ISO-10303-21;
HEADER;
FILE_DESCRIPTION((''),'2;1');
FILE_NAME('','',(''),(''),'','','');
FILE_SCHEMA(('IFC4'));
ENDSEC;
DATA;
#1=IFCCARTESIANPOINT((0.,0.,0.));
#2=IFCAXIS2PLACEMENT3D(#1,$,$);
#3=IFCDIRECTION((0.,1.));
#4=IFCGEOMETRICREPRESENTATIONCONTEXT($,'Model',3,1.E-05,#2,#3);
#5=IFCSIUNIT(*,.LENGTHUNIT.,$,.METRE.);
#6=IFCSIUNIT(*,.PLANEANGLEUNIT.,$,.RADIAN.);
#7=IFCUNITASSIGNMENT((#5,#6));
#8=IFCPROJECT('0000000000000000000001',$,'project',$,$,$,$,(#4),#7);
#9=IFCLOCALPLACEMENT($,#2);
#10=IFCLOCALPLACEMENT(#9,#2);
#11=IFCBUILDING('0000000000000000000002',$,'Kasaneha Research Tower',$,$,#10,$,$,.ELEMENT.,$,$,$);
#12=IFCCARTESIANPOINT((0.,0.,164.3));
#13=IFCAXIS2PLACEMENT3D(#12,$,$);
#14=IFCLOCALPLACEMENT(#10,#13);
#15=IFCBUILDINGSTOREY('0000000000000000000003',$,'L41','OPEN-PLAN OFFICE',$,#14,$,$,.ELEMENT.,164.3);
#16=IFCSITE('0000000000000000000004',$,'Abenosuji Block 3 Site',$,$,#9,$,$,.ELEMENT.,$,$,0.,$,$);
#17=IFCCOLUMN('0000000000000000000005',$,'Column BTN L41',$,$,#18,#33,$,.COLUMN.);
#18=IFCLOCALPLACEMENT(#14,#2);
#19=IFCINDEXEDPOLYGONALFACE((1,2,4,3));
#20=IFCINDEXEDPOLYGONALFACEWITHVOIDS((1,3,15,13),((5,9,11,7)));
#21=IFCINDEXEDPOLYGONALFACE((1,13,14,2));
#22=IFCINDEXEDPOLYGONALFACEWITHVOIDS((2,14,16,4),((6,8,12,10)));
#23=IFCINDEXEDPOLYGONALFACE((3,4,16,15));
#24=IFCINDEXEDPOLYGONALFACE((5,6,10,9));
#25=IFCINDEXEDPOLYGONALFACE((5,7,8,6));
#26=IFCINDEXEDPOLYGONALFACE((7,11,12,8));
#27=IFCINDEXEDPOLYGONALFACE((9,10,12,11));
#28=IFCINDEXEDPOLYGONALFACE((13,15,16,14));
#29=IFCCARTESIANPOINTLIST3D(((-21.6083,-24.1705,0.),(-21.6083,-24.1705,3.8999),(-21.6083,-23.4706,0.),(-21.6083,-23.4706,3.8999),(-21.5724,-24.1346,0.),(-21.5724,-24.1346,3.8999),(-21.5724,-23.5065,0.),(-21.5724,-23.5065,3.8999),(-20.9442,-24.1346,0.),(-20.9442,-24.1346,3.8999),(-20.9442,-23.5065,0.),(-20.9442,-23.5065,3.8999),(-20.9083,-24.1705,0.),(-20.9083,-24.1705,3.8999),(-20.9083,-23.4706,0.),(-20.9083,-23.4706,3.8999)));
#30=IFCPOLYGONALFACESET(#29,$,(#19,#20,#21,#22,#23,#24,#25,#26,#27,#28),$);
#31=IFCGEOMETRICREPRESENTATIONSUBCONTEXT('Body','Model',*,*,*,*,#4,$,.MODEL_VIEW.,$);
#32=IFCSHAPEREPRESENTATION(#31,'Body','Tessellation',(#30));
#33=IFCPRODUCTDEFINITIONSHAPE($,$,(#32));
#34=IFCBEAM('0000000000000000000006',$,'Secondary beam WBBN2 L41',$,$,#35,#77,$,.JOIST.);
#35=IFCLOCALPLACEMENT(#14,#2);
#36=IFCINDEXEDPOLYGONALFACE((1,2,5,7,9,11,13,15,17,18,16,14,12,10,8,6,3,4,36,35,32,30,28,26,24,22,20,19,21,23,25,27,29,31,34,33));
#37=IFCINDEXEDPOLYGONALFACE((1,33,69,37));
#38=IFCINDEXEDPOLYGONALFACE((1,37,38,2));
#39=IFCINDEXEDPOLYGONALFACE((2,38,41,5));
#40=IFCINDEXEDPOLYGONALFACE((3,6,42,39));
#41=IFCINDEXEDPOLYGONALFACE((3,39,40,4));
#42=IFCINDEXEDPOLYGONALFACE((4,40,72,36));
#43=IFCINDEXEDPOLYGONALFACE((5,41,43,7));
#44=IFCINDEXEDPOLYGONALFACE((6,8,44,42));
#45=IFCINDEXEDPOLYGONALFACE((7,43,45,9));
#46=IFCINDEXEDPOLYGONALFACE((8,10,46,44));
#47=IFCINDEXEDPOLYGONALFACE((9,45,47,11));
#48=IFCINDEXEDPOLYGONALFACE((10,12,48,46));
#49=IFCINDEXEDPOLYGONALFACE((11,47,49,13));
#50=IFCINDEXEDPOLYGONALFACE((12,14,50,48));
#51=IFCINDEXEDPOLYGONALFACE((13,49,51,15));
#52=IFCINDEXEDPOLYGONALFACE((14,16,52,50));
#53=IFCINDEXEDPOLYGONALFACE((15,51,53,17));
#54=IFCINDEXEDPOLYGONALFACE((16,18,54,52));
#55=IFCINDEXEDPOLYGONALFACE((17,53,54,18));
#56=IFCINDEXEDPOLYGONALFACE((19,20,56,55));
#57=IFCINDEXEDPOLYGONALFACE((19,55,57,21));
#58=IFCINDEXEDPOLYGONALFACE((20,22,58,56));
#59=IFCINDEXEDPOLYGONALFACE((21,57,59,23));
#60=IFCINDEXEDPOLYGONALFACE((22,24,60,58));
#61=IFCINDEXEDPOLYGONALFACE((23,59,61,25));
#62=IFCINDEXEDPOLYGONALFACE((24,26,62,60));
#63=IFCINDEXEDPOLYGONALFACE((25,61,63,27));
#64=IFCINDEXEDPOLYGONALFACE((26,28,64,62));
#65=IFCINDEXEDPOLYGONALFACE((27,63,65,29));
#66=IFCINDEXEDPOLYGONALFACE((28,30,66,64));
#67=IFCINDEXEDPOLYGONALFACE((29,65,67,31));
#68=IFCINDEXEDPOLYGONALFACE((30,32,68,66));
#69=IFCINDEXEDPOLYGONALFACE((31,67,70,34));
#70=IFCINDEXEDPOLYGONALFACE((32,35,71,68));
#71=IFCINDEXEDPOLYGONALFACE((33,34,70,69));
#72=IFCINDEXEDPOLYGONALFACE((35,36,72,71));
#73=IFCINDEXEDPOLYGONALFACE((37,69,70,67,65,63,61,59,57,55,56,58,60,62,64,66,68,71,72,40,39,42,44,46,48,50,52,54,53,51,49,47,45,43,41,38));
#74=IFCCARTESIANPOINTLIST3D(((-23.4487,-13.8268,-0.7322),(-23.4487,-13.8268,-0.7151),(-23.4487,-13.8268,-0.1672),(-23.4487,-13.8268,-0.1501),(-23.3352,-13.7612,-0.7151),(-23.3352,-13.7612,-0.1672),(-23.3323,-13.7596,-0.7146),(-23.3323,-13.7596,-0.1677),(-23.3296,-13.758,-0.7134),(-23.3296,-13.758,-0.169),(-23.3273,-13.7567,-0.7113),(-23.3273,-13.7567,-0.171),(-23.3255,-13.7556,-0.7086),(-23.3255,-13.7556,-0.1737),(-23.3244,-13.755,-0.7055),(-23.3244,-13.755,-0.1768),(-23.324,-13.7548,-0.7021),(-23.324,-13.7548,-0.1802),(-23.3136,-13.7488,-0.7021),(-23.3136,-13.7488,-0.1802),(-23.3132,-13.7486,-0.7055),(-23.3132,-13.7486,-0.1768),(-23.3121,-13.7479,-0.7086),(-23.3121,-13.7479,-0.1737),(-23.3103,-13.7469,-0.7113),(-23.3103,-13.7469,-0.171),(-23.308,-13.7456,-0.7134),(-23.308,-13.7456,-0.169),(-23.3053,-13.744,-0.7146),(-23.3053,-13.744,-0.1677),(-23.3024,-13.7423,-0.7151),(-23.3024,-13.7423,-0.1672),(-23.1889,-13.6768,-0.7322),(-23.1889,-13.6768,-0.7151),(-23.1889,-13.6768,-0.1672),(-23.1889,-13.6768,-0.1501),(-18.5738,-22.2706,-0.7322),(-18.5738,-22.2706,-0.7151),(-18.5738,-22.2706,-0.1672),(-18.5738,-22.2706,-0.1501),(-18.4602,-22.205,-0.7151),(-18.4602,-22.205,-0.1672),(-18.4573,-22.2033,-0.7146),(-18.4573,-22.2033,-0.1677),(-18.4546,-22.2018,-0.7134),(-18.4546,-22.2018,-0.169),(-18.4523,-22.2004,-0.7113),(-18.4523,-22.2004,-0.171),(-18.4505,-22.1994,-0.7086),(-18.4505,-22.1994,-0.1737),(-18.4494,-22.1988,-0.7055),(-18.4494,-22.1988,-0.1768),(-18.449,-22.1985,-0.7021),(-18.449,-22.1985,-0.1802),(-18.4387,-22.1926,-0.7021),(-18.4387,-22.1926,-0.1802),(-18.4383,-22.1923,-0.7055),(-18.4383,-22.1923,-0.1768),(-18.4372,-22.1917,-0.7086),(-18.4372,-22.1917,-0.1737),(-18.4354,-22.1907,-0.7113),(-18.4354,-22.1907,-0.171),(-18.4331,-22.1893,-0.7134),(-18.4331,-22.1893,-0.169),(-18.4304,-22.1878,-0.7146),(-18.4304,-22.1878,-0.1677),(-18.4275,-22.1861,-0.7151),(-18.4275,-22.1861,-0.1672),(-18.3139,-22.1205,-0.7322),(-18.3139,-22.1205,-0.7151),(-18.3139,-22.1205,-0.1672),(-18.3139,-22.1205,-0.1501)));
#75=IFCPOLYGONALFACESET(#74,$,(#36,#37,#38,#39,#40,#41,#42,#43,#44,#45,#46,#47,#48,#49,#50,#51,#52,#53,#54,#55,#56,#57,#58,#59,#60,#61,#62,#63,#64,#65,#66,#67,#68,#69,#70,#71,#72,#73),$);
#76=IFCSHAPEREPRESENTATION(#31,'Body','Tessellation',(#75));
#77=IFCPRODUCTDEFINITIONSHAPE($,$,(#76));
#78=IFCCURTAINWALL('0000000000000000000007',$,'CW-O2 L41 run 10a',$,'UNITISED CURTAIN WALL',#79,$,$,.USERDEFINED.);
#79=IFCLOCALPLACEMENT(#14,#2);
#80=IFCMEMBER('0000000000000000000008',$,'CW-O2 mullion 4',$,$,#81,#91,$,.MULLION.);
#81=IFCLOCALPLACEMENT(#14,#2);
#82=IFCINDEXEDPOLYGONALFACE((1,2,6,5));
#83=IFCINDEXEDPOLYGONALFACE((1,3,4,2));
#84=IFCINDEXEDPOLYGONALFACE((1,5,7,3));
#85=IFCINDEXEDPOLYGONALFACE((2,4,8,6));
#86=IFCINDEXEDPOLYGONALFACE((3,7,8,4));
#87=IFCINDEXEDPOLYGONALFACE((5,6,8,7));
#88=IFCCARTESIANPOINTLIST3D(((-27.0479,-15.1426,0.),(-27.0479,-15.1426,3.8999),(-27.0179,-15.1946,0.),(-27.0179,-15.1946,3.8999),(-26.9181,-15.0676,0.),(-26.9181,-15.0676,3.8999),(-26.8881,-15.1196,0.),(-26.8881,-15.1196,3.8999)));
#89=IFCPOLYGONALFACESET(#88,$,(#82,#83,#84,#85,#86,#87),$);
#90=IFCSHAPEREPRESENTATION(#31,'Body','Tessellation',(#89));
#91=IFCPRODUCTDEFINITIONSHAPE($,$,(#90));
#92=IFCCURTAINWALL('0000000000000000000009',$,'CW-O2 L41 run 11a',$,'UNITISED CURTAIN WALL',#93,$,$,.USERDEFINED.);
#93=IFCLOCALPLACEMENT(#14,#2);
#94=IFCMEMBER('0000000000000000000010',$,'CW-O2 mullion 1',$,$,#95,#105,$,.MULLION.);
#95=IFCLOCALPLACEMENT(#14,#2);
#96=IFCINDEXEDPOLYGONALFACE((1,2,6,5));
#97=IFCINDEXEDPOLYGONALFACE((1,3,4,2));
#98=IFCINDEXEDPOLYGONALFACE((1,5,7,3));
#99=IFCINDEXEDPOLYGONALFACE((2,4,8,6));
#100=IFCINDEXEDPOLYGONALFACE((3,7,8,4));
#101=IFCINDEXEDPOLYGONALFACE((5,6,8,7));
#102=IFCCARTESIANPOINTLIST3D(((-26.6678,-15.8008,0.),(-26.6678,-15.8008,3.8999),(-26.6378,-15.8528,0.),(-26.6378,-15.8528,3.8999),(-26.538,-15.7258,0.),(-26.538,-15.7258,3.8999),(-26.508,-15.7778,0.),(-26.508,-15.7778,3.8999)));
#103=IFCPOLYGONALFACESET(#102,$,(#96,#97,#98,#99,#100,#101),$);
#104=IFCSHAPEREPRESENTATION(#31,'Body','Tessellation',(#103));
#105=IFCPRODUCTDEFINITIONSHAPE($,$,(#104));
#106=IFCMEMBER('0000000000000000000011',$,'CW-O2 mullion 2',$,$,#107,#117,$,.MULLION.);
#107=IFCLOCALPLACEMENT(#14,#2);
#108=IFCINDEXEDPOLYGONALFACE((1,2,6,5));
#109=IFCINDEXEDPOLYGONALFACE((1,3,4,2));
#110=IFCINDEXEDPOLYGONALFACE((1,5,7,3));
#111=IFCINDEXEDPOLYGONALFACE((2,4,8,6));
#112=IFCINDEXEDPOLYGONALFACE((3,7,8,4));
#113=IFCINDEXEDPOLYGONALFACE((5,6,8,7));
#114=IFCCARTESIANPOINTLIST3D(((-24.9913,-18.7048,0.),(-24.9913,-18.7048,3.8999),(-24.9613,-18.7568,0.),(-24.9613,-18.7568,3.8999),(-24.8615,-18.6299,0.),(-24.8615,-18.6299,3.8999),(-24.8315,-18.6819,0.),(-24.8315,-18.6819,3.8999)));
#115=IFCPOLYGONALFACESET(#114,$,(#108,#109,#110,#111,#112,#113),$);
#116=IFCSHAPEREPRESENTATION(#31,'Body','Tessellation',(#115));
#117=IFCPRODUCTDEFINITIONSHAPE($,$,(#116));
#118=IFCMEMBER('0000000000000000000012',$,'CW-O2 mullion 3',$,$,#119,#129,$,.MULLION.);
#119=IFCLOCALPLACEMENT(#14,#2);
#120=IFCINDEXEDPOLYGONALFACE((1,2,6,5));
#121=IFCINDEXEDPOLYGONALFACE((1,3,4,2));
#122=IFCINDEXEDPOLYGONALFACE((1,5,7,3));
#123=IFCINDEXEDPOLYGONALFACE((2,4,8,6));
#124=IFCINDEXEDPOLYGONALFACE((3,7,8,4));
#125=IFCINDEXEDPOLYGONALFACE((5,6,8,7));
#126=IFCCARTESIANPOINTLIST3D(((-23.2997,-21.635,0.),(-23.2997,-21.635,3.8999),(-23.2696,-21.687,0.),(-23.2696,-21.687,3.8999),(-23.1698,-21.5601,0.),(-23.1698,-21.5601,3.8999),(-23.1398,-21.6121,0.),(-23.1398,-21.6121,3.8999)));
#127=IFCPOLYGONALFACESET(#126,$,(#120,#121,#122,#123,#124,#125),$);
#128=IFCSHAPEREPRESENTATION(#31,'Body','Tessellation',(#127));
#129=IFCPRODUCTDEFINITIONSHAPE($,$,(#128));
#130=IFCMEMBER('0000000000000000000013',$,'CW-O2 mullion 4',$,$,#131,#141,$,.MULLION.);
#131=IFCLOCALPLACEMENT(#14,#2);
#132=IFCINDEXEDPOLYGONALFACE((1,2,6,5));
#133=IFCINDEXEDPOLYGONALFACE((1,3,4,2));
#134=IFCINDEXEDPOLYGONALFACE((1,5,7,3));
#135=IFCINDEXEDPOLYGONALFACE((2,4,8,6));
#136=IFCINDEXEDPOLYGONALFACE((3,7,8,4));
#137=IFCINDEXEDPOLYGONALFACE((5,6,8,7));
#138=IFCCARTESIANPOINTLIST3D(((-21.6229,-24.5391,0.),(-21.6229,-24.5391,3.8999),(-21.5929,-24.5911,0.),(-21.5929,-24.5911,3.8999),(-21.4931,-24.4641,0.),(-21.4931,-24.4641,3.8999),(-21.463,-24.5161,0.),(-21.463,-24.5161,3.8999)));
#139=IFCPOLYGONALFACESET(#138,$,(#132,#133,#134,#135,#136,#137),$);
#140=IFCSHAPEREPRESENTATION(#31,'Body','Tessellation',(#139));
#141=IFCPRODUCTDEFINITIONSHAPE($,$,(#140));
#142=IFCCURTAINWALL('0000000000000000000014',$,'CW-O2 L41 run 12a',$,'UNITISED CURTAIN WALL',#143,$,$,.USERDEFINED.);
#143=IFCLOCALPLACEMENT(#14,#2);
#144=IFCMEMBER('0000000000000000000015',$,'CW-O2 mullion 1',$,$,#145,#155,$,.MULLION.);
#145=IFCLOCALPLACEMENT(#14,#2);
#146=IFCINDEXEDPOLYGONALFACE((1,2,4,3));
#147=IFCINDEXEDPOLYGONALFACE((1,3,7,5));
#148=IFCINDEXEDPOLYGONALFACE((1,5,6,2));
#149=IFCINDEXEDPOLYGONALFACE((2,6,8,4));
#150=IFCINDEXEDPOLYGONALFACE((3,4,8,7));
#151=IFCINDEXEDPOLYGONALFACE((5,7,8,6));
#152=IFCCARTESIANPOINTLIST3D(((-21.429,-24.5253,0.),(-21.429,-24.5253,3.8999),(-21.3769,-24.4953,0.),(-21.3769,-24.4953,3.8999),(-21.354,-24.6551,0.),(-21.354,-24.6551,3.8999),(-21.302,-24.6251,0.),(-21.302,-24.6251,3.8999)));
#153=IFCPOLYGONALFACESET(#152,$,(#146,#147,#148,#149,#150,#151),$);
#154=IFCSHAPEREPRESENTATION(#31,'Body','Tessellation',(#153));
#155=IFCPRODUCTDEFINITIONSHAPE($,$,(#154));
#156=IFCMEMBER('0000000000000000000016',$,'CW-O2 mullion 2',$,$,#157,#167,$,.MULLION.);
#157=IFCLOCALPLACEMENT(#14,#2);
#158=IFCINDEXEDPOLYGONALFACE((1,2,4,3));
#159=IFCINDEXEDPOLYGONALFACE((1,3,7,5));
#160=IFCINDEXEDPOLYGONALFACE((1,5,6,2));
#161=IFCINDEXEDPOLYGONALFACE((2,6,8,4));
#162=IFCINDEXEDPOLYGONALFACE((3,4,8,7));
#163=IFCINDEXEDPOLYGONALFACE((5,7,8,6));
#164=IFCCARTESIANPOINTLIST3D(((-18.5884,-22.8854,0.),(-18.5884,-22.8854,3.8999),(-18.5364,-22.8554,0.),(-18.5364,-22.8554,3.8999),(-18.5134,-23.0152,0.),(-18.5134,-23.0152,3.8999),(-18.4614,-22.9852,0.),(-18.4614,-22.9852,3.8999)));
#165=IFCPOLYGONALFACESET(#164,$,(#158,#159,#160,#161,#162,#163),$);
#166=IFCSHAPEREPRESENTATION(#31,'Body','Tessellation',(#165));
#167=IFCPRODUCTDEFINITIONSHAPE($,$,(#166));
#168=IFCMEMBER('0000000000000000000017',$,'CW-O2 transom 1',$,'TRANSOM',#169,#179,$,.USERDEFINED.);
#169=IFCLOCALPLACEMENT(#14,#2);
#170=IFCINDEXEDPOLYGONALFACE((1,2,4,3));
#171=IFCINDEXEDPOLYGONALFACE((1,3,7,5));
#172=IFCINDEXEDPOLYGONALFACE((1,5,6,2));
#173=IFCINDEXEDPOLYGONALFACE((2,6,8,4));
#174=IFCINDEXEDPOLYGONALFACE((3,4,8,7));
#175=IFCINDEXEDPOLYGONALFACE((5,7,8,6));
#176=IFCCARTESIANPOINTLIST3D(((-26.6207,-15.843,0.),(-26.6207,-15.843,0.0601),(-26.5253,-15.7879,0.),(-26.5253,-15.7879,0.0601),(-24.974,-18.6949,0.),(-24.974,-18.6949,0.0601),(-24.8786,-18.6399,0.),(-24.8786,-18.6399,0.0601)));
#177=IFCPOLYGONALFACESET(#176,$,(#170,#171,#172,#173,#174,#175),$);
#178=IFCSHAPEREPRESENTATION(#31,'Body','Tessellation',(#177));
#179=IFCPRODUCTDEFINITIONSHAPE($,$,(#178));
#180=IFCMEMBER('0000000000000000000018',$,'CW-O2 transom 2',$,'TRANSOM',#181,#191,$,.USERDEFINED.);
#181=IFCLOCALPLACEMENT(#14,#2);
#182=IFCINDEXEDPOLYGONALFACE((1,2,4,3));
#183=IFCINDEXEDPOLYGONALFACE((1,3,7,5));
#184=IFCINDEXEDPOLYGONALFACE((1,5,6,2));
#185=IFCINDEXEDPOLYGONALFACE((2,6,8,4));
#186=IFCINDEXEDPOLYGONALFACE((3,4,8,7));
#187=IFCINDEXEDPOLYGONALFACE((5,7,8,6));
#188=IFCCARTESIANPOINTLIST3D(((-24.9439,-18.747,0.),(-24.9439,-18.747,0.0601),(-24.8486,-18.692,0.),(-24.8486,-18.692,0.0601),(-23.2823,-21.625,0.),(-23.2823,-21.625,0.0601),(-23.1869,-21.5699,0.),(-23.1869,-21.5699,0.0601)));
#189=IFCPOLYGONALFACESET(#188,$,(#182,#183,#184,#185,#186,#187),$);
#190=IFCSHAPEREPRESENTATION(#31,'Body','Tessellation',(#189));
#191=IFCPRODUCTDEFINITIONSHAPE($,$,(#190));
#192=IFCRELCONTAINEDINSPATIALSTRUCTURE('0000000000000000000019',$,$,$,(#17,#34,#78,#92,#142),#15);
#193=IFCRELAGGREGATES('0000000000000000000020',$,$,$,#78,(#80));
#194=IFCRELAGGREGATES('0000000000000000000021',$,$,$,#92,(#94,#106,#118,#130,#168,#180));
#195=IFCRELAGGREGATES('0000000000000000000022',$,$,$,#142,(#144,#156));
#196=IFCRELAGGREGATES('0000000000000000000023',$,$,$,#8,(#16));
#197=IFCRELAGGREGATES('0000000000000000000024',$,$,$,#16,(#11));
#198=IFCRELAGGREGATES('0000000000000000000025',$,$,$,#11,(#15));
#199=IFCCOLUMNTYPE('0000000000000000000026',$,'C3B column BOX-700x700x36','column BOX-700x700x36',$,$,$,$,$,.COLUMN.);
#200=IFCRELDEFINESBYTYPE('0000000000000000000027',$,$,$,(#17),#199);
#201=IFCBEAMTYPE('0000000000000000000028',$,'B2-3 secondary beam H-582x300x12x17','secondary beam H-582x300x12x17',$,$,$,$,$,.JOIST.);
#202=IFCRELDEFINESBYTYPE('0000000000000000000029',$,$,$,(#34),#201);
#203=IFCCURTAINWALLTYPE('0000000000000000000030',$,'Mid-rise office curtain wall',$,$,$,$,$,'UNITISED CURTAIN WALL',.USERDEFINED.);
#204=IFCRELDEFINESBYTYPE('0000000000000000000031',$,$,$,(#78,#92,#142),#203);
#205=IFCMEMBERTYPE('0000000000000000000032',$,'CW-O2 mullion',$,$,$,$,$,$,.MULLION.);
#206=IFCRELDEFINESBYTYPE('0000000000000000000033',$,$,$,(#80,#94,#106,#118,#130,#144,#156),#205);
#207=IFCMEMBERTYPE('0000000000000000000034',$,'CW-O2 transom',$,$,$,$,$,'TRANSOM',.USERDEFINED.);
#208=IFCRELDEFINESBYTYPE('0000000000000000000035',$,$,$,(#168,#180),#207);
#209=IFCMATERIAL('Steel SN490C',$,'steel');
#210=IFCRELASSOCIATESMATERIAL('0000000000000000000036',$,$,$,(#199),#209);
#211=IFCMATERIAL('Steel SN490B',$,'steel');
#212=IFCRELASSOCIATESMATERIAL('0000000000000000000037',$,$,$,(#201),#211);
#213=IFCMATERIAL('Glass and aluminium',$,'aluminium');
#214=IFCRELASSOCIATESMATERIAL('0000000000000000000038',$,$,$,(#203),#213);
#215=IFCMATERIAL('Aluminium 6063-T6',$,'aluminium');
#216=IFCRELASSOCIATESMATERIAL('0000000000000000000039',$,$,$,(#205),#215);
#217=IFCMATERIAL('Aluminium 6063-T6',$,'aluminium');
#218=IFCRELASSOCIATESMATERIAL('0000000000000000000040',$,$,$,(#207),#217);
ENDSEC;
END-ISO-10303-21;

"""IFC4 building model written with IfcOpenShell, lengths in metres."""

from ifc_helpers import new_model, si_unit, direction, frame, origin, origin_2d, place, context, subcontext, project, spatial, rectangle, hollow_rectangle, i_section, extrude, material, material_profile, profile_set, type_object, element, aggregate, save


model = new_model("IFC4")

# Units and contexts
model_context = context("Model", 3, precision=1e-05, world=origin(), true_north=direction((0.0, 1.0)))
body_context = subcontext(model_context, "Body", "Model", "MODEL_VIEW")
ifc_project = project(units=[si_unit("LENGTHUNIT", "METRE"), si_unit("PLANEANGLEUNIT", "RADIAN")], contexts=[model_context])

# Site, building, storey
site_placement = place(None, origin())
site = spatial("IfcSite", under=ifc_project, at=site_placement, Name="Abenosuji Block 3 Site", CompositionType="ELEMENT", RefElevation=0.0)
building_placement = place(site_placement, origin())
building = spatial("IfcBuilding", under=site, at=building_placement, Name="Kasaneha Research Tower", CompositionType="ELEMENT")
storey_placement = place(building_placement, frame((0.0, 0.0, 164.3)))
storey = spatial("IfcBuildingStorey", under=building, at=storey_placement, Name="L41", Description="OPEN-PLAN OFFICE", CompositionType="ELEMENT", Elevation=164.3)

# Column
ifc_material_1 = material(Name="Steel SN490C", Category="steel")
ifc_material_profile_1 = material_profile(ifc_material_1, hollow_rectangle(XDim=0.7, YDim=0.7, WallThickness=0.0359, at=origin_2d()), Name="BOX-700x700x36")
ifc_profile_set_1 = profile_set([ifc_material_profile_1], Name="Steel SN490C")
column_type = type_object("IfcColumnType", Name="C3B column BOX-700x700x36", Description="column BOX-700x700x36", PredefinedType="COLUMN", material=ifc_profile_set_1)
column_placement = place(storey_placement, frame((-21.2583, -23.8206, 0.0), z_axis=(0.0, 0.0, 1.0), x_axis=(1.0, 0.0, 0.0)))
element("IfcColumn", 1, at=column_placement, inside=storey, type_object=column_type, Name="Column BTN L41", PredefinedType="COLUMN", context=body_context, shape_type="SweptSolid", body=[
    extrude(hollow_rectangle(XDim=0.7, YDim=0.7, WallThickness=0.0359, at=origin_2d()), origin(), (0.0, 0.0, 1.0), 3.8999),
])

# Beam
ifc_material_2 = material(Name="Steel SN490B", Category="steel")
ifc_material_profile_2 = material_profile(ifc_material_2, i_section(OverallWidth=0.3, OverallDepth=0.582, WebThickness=0.012, FlangeThickness=0.0171, FilletRadius=0.0129, at=origin_2d()), Name="H-582x300x12x17")
ifc_profile_set_2 = profile_set([ifc_material_profile_2], Name="Steel SN490B")
beam_type_1 = type_object("IfcBeamType", Name="B2-3 secondary beam H-582x300x12x17", Description="secondary beam H-582x300x12x17", PredefinedType="JOIST", material=ifc_profile_set_2)
beam_1_placement = place(storey_placement, frame((-18.4438, -22.1956, -0.4412), z_axis=(-0.499996, 0.866028, 0.0), x_axis=(-0.866028, -0.499996, 0.0)))
element("IfcBeam", 2, at=beam_1_placement, inside=storey, type_object=beam_type_1, Name="Secondary beam WBBN2 L41", PredefinedType="JOIST", context=body_context, shape_type="SweptSolid", body=[
    extrude(i_section(OverallWidth=0.3, OverallDepth=0.582, WebThickness=0.012, FlangeThickness=0.0171, FilletRadius=0.0129, at=origin_2d()), origin(), (0.0, 0.0, 1.0), 9.75),
])

# Curtain wall, member
ifc_material_3 = material(Name="Glass and aluminium", Category="aluminium")
curtain_wall_type = type_object("IfcCurtainWallType", Name="Mid-rise office curtain wall", ElementType="UNITISED CURTAIN WALL", PredefinedType="USERDEFINED", material=ifc_material_3)
curtain_wall_1_placement = place(storey_placement, origin())
curtain_wall_1 = element("IfcCurtainWall", 3, at=curtain_wall_1_placement, inside=storey, type_object=curtain_wall_type, Name="CW-O2 L41 run 10a", ObjectType="UNITISED CURTAIN WALL", PredefinedType="USERDEFINED")
ifc_material_4 = material(Name="Aluminium 6063-T6", Category="aluminium")
ifc_material_profile_3 = material_profile(ifc_material_4, rectangle(XDim=0.0601, YDim=0.1499, at=origin_2d()), Name="CW-O2 mullion 60x150")
ifc_profile_set_3 = profile_set([ifc_material_profile_3], Name="Aluminium 6063-T6")
member_type_1 = type_object("IfcMemberType", Name="CW-O2 mullion", PredefinedType="MULLION", material=ifc_profile_set_3)
member_1_placement = place(storey_placement, frame((-26.968, -15.1311, 0.0), z_axis=(0.0, 0.0, 1.0), x_axis=(0.5, -0.866025, 0.0)))
member_1 = element("IfcMember", 4, at=member_1_placement, type_object=member_type_1, Name="CW-O2 mullion 4", PredefinedType="MULLION", context=body_context, shape_type="SweptSolid", body=[
    extrude(rectangle(XDim=0.0601, YDim=0.1499, at=origin_2d()), origin(), (0.0, 0.0, 1.0), 3.8999),
])

# Curtain walls, members
curtain_wall_2_placement = place(storey_placement, origin())
curtain_wall_2 = element("IfcCurtainWall", 5, at=curtain_wall_2_placement, inside=storey, type_object=curtain_wall_type, Name="CW-O2 L41 run 11a", ObjectType="UNITISED CURTAIN WALL", PredefinedType="USERDEFINED")
member_2_placement = place(storey_placement, frame((-26.5879, -15.7893, 0.0), z_axis=(0.0, 0.0, 1.0), x_axis=(0.5, -0.866025, 0.0)))
member_2 = element("IfcMember", 6, at=member_2_placement, type_object=member_type_1, Name="CW-O2 mullion 1", PredefinedType="MULLION", context=body_context, shape_type="SweptSolid", body=[
    extrude(rectangle(XDim=0.0601, YDim=0.1499, at=origin_2d()), origin(), (0.0, 0.0, 1.0), 3.8999),
])
member_3_placement = place(storey_placement, frame((-24.9114, -18.6934, 0.0), z_axis=(0.0, 0.0, 1.0), x_axis=(0.5, -0.866025, 0.0)))
member_3 = element("IfcMember", 7, at=member_3_placement, type_object=member_type_1, Name="CW-O2 mullion 2", PredefinedType="MULLION", context=body_context, shape_type="SweptSolid", body=[
    extrude(rectangle(XDim=0.0601, YDim=0.1499, at=origin_2d()), origin(), (0.0, 0.0, 1.0), 3.8999),
])
member_4_placement = place(storey_placement, frame((-23.2197, -21.6235, 0.0), z_axis=(0.0, 0.0, 1.0), x_axis=(0.5, -0.866025, 0.0)))
member_4 = element("IfcMember", 8, at=member_4_placement, type_object=member_type_1, Name="CW-O2 mullion 3", PredefinedType="MULLION", context=body_context, shape_type="SweptSolid", body=[
    extrude(rectangle(XDim=0.0601, YDim=0.1499, at=origin_2d()), origin(), (0.0, 0.0, 1.0), 3.8999),
])
member_5_placement = place(storey_placement, frame((-21.543, -24.5276, 0.0), z_axis=(0.0, 0.0, 1.0), x_axis=(0.5, -0.866025, 0.0)))
member_5 = element("IfcMember", 9, at=member_5_placement, type_object=member_type_1, Name="CW-O2 mullion 4", PredefinedType="MULLION", context=body_context, shape_type="SweptSolid", body=[
    extrude(rectangle(XDim=0.0601, YDim=0.1499, at=origin_2d()), origin(), (0.0, 0.0, 1.0), 3.8999),
])
curtain_wall_3_placement = place(storey_placement, origin())
curtain_wall_3 = element("IfcCurtainWall", 10, at=curtain_wall_3_placement, inside=storey, type_object=curtain_wall_type, Name="CW-O2 L41 run 12a", ObjectType="UNITISED CURTAIN WALL", PredefinedType="USERDEFINED")
member_6_placement = place(storey_placement, frame((-21.3655, -24.5752, 0.0), z_axis=(0.0, 0.0, 1.0), x_axis=(0.866025, 0.5, 0.0)))
member_6 = element("IfcMember", 11, at=member_6_placement, type_object=member_type_1, Name="CW-O2 mullion 1", PredefinedType="MULLION", context=body_context, shape_type="SweptSolid", body=[
    extrude(rectangle(XDim=0.0601, YDim=0.1499, at=origin_2d()), origin(), (0.0, 0.0, 1.0), 3.8999),
])
member_7_placement = place(storey_placement, frame((-18.5249, -22.9353, 0.0), z_axis=(0.0, 0.0, 1.0), x_axis=(0.866025, 0.5, 0.0)))
member_7 = element("IfcMember", 12, at=member_7_placement, type_object=member_type_1, Name="CW-O2 mullion 2", PredefinedType="MULLION", context=body_context, shape_type="SweptSolid", body=[
    extrude(rectangle(XDim=0.0601, YDim=0.1499, at=origin_2d()), origin(), (0.0, 0.0, 1.0), 3.8999),
])

# Members
ifc_material_5 = material(Name="Aluminium 6063-T6", Category="aluminium")
ifc_material_profile_4 = material_profile(ifc_material_5, rectangle(XDim=0.1101, YDim=0.0601, at=origin_2d()), Name="CW-O2 transom 110x60")
ifc_profile_set_4 = profile_set([ifc_material_profile_4], Name="Aluminium 6063-T6")
member_type_2 = type_object("IfcMemberType", Name="CW-O2 transom", ElementType="TRANSOM", PredefinedType="USERDEFINED", material=ifc_profile_set_4)
member_8_placement = place(storey_placement, frame((-26.573, -15.8154, 0.03), z_axis=(0.500022, -0.866013, 0.0), x_axis=(0.866013, 0.500022, 0.0)))
member_8 = element("IfcMember", 13, at=member_8_placement, type_object=member_type_2, Name="CW-O2 transom 1", ObjectType="TRANSOM", PredefinedType="USERDEFINED", context=body_context, shape_type="SweptSolid", body=[
    extrude(rectangle(XDim=0.1101, YDim=0.0601, at=origin_2d()), origin(), (0.0, 0.0, 1.0), 3.2932),
])
member_9_placement = place(storey_placement, frame((-24.8962, -18.7195, 0.03), z_axis=(0.500011, -0.866019, 0.0), x_axis=(0.866019, 0.500011, 0.0)))
member_9 = element("IfcMember", 14, at=member_9_placement, type_object=member_type_2, Name="CW-O2 transom 2", ObjectType="TRANSOM", PredefinedType="USERDEFINED", context=body_context, shape_type="SweptSolid", body=[
    extrude(rectangle(XDim=0.1101, YDim=0.0601, at=origin_2d()), origin(), (0.0, 0.0, 1.0), 3.3232),
])

aggregate(curtain_wall_1, [member_1])
aggregate(curtain_wall_2, [member_2, member_3, member_4, member_5, member_8, member_9])
aggregate(curtain_wall_3, [member_6, member_7])

save(model, "model.ifc")
